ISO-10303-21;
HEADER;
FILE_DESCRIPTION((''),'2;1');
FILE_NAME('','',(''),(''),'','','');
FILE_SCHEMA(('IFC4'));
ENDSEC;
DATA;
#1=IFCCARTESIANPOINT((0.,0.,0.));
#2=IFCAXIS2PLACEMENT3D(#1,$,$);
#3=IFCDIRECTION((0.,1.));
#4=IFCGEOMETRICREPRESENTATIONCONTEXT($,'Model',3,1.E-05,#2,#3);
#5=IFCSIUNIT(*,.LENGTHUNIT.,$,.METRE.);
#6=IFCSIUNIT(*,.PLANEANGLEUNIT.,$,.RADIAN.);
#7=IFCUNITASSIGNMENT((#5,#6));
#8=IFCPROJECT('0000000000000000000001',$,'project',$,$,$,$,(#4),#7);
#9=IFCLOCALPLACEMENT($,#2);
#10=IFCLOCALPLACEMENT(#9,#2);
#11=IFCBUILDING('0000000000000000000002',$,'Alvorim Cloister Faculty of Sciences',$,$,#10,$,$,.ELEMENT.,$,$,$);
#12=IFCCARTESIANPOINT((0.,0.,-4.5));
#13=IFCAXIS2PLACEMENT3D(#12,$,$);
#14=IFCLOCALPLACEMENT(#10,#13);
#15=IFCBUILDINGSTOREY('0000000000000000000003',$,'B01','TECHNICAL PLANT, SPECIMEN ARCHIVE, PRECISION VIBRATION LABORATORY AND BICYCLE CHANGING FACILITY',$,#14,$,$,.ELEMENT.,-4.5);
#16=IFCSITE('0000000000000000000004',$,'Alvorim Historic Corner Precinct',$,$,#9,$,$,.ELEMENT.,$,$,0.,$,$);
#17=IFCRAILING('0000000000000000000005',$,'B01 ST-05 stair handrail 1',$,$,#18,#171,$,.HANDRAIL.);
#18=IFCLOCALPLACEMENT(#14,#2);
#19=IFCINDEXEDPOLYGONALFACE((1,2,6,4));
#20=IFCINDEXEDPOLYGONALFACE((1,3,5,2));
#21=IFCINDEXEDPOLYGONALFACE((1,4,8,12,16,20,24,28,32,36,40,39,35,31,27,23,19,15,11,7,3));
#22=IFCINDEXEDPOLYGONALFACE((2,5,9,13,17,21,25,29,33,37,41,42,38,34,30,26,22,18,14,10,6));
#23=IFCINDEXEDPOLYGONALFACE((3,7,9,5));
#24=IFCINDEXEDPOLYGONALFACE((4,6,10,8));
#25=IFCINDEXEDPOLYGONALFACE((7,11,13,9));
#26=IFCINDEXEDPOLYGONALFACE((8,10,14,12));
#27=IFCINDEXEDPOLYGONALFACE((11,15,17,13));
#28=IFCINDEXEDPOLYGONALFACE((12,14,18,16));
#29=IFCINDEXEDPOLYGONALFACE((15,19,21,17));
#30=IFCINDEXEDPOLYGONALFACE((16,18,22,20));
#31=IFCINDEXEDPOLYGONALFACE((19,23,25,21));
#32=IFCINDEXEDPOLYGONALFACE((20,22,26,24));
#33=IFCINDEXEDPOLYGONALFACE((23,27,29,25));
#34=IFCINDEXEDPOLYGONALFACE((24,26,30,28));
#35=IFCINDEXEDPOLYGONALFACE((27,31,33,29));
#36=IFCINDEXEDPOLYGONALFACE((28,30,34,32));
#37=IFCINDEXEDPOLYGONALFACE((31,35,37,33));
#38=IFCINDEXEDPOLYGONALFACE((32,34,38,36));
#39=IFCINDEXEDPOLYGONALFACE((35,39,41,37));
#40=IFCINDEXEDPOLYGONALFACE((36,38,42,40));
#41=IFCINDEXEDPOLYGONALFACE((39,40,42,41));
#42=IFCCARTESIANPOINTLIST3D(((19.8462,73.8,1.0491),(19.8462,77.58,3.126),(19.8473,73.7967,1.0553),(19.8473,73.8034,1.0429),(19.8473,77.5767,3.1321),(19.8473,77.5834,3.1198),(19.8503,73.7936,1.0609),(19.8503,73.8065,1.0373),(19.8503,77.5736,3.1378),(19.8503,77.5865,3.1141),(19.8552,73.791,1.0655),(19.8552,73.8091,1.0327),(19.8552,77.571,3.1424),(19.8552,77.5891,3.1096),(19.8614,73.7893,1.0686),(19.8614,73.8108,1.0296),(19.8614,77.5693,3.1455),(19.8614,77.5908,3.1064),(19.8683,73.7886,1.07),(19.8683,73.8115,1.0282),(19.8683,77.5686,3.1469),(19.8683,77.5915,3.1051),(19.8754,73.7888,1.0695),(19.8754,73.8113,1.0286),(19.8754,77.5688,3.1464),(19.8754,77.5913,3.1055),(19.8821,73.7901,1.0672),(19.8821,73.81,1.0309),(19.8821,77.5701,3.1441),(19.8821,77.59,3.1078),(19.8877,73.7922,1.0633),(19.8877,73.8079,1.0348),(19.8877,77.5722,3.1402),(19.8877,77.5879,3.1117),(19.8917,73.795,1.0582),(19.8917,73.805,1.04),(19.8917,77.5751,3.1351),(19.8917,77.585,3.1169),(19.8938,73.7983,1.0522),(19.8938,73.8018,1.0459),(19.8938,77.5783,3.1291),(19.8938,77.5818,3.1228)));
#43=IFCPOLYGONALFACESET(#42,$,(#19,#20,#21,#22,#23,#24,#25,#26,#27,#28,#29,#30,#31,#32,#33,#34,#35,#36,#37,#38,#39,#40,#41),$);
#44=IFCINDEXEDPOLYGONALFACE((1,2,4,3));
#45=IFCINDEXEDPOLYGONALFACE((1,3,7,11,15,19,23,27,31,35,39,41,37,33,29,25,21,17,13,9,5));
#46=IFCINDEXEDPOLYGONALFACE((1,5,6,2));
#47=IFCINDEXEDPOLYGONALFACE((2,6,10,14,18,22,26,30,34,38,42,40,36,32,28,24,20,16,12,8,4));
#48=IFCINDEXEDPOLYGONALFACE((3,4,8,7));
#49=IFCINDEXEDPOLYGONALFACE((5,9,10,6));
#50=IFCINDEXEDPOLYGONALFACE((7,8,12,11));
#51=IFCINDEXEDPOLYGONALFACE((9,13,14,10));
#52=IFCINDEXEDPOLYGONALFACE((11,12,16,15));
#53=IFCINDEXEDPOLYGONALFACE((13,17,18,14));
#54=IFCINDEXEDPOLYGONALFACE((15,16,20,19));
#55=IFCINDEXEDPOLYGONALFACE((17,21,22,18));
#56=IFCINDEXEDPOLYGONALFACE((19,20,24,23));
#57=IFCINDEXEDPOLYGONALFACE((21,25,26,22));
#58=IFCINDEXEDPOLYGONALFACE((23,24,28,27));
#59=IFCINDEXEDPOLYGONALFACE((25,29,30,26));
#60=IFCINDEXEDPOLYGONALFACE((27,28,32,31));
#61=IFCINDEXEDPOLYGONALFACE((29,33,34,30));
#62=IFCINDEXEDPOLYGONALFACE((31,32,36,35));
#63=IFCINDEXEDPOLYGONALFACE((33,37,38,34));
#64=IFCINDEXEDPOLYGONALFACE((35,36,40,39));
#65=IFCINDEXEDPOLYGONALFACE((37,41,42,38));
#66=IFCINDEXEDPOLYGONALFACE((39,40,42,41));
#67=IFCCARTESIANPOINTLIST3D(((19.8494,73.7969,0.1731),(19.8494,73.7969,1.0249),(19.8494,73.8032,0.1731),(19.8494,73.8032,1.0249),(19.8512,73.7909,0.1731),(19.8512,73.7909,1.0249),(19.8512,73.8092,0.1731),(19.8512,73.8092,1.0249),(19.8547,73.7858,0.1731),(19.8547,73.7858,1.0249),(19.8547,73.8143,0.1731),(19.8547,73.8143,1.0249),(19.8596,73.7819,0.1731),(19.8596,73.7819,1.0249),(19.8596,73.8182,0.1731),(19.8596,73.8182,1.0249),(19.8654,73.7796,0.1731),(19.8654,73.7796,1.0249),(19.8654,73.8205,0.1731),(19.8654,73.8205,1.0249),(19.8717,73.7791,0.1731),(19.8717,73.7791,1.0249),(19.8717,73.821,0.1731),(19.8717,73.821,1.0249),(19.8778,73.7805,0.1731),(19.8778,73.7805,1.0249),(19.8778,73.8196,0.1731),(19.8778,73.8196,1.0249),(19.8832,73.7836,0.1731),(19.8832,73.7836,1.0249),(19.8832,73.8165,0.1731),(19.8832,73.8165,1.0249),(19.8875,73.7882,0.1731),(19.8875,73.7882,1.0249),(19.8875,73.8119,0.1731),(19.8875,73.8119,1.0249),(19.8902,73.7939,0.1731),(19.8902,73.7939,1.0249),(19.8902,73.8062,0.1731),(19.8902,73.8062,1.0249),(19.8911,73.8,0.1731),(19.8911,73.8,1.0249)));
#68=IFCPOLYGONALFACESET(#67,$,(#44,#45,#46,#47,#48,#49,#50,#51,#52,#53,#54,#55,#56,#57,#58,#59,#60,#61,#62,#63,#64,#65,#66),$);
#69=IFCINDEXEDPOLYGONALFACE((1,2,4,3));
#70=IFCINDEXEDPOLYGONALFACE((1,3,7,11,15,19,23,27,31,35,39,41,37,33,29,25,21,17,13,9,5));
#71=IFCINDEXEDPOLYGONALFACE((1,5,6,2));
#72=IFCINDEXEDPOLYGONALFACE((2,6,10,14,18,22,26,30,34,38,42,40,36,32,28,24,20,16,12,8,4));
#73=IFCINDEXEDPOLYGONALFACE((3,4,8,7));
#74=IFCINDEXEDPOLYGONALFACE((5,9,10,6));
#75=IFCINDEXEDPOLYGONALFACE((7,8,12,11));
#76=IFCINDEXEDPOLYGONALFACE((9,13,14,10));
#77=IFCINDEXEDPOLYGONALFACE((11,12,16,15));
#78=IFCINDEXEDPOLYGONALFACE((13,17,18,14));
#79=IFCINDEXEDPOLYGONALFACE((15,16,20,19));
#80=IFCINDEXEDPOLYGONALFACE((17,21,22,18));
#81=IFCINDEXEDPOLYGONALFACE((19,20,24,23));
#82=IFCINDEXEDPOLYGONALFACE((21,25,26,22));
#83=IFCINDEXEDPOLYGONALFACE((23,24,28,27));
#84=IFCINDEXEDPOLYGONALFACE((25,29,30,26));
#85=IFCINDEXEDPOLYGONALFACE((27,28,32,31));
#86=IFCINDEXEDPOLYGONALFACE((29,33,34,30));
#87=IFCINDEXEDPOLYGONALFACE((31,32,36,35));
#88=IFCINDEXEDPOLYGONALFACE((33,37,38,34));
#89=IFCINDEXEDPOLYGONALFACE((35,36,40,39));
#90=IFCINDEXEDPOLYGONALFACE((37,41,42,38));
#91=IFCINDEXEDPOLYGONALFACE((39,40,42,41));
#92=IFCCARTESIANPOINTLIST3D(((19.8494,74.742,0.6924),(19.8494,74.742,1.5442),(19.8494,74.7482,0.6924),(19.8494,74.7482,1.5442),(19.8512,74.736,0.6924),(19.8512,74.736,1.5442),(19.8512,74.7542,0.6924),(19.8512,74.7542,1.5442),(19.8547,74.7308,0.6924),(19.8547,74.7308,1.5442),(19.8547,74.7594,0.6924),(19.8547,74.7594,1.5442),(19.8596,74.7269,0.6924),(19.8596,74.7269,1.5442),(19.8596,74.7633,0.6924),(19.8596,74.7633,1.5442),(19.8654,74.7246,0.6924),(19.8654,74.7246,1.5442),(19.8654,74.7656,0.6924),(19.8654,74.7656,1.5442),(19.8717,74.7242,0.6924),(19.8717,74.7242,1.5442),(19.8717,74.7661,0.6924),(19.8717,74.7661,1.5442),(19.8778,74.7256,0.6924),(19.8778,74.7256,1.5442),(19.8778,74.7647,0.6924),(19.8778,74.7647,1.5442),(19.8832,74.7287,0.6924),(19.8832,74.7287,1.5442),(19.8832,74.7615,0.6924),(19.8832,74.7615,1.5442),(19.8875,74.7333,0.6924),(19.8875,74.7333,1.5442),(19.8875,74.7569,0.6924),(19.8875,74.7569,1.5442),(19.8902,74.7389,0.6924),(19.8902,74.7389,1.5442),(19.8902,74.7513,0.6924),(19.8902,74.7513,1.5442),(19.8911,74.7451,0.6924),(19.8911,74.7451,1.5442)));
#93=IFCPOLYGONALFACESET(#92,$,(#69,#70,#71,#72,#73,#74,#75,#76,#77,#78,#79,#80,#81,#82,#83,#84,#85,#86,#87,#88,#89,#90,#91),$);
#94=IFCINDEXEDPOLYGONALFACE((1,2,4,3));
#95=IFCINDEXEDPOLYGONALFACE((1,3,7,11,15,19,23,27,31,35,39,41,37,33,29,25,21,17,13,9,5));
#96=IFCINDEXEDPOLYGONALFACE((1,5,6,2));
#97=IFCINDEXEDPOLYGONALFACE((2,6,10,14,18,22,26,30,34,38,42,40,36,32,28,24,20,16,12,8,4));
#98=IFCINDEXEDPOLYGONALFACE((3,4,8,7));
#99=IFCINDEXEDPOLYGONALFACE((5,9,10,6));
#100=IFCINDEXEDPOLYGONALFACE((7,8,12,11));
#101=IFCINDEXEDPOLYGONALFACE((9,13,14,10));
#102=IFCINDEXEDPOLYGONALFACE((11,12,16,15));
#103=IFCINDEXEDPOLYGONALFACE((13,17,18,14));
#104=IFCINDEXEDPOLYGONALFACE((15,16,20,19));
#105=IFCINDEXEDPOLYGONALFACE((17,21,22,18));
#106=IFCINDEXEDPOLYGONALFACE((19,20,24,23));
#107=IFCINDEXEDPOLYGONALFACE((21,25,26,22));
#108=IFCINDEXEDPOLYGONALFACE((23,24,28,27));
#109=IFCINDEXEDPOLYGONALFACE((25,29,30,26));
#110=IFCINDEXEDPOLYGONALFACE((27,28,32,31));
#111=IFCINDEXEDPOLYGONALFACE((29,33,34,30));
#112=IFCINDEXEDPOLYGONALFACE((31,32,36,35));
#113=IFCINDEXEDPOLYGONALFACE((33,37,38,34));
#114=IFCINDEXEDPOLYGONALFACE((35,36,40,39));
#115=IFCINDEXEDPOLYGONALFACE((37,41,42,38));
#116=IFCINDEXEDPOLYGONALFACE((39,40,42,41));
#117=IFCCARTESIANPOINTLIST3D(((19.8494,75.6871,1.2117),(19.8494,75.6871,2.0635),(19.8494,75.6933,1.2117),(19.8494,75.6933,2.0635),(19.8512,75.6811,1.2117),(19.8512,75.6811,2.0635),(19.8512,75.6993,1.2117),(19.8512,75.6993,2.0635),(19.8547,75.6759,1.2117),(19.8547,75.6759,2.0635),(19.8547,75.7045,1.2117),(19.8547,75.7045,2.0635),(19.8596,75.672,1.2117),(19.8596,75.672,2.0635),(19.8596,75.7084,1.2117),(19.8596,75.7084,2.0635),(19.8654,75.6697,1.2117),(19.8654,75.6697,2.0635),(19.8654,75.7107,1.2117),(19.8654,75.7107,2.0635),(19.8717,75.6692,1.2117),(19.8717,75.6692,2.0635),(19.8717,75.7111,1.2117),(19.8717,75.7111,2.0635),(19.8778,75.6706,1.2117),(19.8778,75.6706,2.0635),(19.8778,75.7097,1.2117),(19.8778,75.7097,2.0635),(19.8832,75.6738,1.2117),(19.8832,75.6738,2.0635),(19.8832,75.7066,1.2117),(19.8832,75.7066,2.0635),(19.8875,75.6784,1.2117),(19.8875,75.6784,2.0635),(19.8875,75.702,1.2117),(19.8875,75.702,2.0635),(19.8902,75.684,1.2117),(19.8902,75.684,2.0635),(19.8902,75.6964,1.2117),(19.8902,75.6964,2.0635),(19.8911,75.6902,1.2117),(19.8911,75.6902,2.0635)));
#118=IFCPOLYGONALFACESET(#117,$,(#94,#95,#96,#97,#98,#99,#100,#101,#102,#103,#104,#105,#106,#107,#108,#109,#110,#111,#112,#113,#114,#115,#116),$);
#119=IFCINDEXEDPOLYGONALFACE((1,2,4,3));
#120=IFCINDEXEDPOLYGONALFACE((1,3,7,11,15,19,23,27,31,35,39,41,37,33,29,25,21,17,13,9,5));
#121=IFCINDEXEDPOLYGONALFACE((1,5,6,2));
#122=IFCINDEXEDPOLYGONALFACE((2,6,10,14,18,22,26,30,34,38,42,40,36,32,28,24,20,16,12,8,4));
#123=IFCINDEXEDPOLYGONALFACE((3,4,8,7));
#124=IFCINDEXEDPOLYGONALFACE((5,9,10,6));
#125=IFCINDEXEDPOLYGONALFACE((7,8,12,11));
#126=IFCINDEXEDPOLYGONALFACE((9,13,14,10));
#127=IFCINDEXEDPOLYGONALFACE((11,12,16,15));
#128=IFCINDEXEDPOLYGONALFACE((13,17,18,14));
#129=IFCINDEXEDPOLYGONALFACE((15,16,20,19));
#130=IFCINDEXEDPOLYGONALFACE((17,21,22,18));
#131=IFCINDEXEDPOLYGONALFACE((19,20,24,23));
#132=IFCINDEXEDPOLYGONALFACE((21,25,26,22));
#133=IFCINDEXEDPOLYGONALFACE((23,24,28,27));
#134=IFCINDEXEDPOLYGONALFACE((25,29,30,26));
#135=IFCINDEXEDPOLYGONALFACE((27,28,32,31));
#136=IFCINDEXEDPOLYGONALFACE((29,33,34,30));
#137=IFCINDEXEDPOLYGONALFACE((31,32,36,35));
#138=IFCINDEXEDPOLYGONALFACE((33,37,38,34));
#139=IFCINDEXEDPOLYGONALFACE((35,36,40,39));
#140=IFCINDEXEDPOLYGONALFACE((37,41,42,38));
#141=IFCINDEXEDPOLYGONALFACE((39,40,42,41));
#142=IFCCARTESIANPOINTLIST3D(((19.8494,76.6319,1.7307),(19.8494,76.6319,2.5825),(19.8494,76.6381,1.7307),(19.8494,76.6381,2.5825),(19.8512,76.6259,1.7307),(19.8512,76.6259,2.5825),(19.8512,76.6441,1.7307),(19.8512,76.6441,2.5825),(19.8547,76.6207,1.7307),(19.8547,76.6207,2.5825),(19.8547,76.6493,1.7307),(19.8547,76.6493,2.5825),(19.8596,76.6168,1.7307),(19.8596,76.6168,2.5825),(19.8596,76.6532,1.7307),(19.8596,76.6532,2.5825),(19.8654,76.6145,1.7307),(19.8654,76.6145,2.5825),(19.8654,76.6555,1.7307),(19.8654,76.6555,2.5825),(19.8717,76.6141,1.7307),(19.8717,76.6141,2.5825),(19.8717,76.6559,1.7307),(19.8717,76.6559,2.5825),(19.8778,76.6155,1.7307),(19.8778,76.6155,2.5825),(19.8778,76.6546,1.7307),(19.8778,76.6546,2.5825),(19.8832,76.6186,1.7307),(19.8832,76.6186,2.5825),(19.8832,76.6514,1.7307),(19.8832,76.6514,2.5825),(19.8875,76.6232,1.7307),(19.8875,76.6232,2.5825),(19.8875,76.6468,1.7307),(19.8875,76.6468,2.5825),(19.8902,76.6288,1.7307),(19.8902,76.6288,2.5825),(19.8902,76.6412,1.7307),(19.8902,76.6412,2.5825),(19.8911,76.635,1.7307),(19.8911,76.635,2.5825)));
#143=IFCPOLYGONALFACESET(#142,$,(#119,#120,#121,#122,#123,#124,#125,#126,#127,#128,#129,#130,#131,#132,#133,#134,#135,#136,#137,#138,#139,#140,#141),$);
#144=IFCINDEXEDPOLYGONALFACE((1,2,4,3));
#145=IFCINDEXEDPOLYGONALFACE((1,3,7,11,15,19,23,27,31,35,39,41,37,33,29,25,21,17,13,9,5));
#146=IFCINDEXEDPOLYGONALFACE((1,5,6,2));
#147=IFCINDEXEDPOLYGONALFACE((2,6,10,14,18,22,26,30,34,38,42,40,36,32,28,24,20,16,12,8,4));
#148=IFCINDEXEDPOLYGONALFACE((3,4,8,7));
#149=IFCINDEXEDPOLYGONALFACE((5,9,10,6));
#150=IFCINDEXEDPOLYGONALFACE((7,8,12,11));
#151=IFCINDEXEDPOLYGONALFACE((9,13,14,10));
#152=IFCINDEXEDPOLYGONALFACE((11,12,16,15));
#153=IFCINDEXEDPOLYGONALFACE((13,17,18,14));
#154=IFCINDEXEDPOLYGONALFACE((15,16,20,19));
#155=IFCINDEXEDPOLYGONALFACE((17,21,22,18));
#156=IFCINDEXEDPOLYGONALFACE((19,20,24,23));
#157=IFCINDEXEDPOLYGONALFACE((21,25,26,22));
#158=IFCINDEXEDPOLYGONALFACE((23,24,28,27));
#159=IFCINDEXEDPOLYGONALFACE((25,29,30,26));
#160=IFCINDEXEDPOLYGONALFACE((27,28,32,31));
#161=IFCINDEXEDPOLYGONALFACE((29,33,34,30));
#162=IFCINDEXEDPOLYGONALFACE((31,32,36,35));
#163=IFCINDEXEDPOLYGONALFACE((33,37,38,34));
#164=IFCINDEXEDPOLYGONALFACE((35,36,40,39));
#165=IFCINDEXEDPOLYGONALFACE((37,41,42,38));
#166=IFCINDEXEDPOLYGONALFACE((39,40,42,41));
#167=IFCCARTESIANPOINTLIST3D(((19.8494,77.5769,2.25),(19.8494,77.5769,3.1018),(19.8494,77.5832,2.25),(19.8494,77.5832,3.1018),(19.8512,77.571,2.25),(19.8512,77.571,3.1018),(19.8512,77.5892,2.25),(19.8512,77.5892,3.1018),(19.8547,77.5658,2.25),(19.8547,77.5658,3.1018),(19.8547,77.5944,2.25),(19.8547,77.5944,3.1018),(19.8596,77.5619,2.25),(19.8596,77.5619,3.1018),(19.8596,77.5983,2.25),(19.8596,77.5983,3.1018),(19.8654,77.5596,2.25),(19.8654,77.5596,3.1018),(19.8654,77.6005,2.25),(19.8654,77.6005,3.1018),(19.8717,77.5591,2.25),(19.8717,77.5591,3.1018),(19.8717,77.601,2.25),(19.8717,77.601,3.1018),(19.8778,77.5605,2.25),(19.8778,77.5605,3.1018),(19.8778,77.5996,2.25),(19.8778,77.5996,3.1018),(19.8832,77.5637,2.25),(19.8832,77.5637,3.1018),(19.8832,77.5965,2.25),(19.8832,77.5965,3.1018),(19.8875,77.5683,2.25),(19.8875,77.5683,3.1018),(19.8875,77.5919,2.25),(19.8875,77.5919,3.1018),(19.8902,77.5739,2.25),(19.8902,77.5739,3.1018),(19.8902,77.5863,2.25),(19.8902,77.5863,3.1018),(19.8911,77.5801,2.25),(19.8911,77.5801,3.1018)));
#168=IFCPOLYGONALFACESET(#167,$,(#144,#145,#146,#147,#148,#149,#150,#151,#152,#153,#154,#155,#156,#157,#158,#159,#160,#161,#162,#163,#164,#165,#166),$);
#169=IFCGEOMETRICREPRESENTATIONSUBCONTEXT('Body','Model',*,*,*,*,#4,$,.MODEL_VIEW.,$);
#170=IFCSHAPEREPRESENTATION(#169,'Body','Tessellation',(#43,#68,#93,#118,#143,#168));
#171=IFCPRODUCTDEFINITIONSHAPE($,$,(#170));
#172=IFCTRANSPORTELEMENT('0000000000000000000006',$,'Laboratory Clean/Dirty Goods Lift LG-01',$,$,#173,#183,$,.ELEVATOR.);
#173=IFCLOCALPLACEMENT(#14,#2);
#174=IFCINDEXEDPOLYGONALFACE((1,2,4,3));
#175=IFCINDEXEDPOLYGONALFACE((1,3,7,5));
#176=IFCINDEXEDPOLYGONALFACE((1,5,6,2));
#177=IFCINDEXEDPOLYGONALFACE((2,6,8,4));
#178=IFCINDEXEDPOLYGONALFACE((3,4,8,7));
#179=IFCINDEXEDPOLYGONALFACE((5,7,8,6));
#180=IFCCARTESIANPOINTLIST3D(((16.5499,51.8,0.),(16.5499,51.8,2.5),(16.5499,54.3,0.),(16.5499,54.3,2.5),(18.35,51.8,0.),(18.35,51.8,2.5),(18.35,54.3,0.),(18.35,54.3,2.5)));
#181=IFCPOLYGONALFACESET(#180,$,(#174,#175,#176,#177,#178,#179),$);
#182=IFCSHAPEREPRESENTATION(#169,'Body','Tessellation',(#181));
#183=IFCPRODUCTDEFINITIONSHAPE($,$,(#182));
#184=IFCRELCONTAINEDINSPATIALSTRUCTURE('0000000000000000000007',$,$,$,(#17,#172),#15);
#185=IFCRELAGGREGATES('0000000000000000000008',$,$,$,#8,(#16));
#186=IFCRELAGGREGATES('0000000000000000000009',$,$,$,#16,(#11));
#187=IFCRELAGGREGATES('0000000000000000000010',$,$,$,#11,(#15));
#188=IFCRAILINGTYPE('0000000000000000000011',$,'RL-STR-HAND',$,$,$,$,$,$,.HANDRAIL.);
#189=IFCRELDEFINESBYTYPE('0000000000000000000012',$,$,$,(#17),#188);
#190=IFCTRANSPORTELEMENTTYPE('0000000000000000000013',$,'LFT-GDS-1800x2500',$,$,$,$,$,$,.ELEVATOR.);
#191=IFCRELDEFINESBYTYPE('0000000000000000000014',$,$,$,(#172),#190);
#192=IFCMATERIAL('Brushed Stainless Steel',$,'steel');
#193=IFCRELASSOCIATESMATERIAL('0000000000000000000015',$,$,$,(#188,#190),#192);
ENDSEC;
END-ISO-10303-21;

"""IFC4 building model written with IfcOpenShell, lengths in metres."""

from ifc_helpers import new_model, si_unit, direction, frame, origin, origin_2d, place, context, subcontext, project, spatial, rectangle, circle, extrude, material, type_object, element, save


model = new_model("IFC4")

# Units and contexts
model_context = context("Model", 3, precision=1e-05, world=origin(), true_north=direction((0.0, 1.0)))
body_context = subcontext(model_context, "Body", "Model", "MODEL_VIEW")
ifc_project = project(units=[si_unit("LENGTHUNIT", "METRE"), si_unit("PLANEANGLEUNIT", "RADIAN")], contexts=[model_context])

# Site, building, storey
site_placement = place(None, origin())
site = spatial("IfcSite", under=ifc_project, at=site_placement, Name="Alvorim Historic Corner Precinct", CompositionType="ELEMENT", RefElevation=0.0)
building_placement = place(site_placement, origin())
building = spatial("IfcBuilding", under=site, at=building_placement, Name="Alvorim Cloister Faculty of Sciences", CompositionType="ELEMENT")
storey_placement = place(building_placement, frame((0.0, 0.0, -4.5)))
storey = spatial("IfcBuildingStorey", under=building, at=storey_placement, Name="B01", Description="TECHNICAL PLANT, SPECIMEN ARCHIVE, PRECISION VIBRATION LABORATORY AND BICYCLE CHANGING FACILITY", CompositionType="ELEMENT", Elevation=-4.5)

# Railing
ifc_material_1 = material(Name="Brushed Stainless Steel", Category="steel")
railing_type_1 = type_object("IfcRailingType", Name="RL-STR-HAND", PredefinedType="HANDRAIL", material=ifc_material_1)
railing_1_placement = place(storey_placement, frame((19.8701, 73.8, 0.1731)))
element("IfcRailing", 1, at=railing_1_placement, inside=storey, type_object=railing_type_1, Name="B01 ST-05 stair handrail 1", PredefinedType="HANDRAIL", context=body_context, shape_type="SweptSolid", body=[
    extrude(circle(Radius=0.0239, at=origin_2d()), frame((0.0, 0.0, 0.876), z_axis=(0.0, 0.876423, 0.481543), x_axis=(-1.0, 0.0, 0.0)), (0.0, 0.0, 1.0), 4.313),
    extrude(circle(Radius=0.021, at=origin_2d()), origin(), (0.0, 0.0, 1.0), 0.8518),
    extrude(circle(Radius=0.021, at=origin_2d()), frame((0.0, 0.9451, 0.5193)), (0.0, 0.0, 1.0), 0.8518),
    extrude(circle(Radius=0.021, at=origin_2d()), frame((0.0, 1.8901, 1.0386)), (0.0, 0.0, 1.0), 0.8518),
    extrude(circle(Radius=0.021, at=origin_2d()), frame((0.0, 2.835, 1.5576)), (0.0, 0.0, 1.0), 0.8518),
    extrude(circle(Radius=0.021, at=origin_2d()), frame((0.0, 3.78, 2.0769)), (0.0, 0.0, 1.0), 0.8518),
])

# Transport element
transport_element_type = type_object("IfcTransportElementType", Name="LFT-GDS-1800x2500", PredefinedType="ELEVATOR", material=ifc_material_1)
transport_element_placement = place(storey_placement, frame((17.45, 53.05, 0.0), z_axis=(0.0, 0.0, 1.0), x_axis=(1.0, 0.0, 0.0)))
element("IfcTransportElement", 2, at=transport_element_placement, inside=storey, type_object=transport_element_type, Name="Laboratory Clean/Dirty Goods Lift LG-01", PredefinedType="ELEVATOR", context=body_context, shape_type="SweptSolid", body=[
    extrude(rectangle(XDim=1.8, YDim=2.5, at=origin_2d()), origin(), (0.0, 0.0, 1.0), 2.5),
])

save(model, "model.ifc")
